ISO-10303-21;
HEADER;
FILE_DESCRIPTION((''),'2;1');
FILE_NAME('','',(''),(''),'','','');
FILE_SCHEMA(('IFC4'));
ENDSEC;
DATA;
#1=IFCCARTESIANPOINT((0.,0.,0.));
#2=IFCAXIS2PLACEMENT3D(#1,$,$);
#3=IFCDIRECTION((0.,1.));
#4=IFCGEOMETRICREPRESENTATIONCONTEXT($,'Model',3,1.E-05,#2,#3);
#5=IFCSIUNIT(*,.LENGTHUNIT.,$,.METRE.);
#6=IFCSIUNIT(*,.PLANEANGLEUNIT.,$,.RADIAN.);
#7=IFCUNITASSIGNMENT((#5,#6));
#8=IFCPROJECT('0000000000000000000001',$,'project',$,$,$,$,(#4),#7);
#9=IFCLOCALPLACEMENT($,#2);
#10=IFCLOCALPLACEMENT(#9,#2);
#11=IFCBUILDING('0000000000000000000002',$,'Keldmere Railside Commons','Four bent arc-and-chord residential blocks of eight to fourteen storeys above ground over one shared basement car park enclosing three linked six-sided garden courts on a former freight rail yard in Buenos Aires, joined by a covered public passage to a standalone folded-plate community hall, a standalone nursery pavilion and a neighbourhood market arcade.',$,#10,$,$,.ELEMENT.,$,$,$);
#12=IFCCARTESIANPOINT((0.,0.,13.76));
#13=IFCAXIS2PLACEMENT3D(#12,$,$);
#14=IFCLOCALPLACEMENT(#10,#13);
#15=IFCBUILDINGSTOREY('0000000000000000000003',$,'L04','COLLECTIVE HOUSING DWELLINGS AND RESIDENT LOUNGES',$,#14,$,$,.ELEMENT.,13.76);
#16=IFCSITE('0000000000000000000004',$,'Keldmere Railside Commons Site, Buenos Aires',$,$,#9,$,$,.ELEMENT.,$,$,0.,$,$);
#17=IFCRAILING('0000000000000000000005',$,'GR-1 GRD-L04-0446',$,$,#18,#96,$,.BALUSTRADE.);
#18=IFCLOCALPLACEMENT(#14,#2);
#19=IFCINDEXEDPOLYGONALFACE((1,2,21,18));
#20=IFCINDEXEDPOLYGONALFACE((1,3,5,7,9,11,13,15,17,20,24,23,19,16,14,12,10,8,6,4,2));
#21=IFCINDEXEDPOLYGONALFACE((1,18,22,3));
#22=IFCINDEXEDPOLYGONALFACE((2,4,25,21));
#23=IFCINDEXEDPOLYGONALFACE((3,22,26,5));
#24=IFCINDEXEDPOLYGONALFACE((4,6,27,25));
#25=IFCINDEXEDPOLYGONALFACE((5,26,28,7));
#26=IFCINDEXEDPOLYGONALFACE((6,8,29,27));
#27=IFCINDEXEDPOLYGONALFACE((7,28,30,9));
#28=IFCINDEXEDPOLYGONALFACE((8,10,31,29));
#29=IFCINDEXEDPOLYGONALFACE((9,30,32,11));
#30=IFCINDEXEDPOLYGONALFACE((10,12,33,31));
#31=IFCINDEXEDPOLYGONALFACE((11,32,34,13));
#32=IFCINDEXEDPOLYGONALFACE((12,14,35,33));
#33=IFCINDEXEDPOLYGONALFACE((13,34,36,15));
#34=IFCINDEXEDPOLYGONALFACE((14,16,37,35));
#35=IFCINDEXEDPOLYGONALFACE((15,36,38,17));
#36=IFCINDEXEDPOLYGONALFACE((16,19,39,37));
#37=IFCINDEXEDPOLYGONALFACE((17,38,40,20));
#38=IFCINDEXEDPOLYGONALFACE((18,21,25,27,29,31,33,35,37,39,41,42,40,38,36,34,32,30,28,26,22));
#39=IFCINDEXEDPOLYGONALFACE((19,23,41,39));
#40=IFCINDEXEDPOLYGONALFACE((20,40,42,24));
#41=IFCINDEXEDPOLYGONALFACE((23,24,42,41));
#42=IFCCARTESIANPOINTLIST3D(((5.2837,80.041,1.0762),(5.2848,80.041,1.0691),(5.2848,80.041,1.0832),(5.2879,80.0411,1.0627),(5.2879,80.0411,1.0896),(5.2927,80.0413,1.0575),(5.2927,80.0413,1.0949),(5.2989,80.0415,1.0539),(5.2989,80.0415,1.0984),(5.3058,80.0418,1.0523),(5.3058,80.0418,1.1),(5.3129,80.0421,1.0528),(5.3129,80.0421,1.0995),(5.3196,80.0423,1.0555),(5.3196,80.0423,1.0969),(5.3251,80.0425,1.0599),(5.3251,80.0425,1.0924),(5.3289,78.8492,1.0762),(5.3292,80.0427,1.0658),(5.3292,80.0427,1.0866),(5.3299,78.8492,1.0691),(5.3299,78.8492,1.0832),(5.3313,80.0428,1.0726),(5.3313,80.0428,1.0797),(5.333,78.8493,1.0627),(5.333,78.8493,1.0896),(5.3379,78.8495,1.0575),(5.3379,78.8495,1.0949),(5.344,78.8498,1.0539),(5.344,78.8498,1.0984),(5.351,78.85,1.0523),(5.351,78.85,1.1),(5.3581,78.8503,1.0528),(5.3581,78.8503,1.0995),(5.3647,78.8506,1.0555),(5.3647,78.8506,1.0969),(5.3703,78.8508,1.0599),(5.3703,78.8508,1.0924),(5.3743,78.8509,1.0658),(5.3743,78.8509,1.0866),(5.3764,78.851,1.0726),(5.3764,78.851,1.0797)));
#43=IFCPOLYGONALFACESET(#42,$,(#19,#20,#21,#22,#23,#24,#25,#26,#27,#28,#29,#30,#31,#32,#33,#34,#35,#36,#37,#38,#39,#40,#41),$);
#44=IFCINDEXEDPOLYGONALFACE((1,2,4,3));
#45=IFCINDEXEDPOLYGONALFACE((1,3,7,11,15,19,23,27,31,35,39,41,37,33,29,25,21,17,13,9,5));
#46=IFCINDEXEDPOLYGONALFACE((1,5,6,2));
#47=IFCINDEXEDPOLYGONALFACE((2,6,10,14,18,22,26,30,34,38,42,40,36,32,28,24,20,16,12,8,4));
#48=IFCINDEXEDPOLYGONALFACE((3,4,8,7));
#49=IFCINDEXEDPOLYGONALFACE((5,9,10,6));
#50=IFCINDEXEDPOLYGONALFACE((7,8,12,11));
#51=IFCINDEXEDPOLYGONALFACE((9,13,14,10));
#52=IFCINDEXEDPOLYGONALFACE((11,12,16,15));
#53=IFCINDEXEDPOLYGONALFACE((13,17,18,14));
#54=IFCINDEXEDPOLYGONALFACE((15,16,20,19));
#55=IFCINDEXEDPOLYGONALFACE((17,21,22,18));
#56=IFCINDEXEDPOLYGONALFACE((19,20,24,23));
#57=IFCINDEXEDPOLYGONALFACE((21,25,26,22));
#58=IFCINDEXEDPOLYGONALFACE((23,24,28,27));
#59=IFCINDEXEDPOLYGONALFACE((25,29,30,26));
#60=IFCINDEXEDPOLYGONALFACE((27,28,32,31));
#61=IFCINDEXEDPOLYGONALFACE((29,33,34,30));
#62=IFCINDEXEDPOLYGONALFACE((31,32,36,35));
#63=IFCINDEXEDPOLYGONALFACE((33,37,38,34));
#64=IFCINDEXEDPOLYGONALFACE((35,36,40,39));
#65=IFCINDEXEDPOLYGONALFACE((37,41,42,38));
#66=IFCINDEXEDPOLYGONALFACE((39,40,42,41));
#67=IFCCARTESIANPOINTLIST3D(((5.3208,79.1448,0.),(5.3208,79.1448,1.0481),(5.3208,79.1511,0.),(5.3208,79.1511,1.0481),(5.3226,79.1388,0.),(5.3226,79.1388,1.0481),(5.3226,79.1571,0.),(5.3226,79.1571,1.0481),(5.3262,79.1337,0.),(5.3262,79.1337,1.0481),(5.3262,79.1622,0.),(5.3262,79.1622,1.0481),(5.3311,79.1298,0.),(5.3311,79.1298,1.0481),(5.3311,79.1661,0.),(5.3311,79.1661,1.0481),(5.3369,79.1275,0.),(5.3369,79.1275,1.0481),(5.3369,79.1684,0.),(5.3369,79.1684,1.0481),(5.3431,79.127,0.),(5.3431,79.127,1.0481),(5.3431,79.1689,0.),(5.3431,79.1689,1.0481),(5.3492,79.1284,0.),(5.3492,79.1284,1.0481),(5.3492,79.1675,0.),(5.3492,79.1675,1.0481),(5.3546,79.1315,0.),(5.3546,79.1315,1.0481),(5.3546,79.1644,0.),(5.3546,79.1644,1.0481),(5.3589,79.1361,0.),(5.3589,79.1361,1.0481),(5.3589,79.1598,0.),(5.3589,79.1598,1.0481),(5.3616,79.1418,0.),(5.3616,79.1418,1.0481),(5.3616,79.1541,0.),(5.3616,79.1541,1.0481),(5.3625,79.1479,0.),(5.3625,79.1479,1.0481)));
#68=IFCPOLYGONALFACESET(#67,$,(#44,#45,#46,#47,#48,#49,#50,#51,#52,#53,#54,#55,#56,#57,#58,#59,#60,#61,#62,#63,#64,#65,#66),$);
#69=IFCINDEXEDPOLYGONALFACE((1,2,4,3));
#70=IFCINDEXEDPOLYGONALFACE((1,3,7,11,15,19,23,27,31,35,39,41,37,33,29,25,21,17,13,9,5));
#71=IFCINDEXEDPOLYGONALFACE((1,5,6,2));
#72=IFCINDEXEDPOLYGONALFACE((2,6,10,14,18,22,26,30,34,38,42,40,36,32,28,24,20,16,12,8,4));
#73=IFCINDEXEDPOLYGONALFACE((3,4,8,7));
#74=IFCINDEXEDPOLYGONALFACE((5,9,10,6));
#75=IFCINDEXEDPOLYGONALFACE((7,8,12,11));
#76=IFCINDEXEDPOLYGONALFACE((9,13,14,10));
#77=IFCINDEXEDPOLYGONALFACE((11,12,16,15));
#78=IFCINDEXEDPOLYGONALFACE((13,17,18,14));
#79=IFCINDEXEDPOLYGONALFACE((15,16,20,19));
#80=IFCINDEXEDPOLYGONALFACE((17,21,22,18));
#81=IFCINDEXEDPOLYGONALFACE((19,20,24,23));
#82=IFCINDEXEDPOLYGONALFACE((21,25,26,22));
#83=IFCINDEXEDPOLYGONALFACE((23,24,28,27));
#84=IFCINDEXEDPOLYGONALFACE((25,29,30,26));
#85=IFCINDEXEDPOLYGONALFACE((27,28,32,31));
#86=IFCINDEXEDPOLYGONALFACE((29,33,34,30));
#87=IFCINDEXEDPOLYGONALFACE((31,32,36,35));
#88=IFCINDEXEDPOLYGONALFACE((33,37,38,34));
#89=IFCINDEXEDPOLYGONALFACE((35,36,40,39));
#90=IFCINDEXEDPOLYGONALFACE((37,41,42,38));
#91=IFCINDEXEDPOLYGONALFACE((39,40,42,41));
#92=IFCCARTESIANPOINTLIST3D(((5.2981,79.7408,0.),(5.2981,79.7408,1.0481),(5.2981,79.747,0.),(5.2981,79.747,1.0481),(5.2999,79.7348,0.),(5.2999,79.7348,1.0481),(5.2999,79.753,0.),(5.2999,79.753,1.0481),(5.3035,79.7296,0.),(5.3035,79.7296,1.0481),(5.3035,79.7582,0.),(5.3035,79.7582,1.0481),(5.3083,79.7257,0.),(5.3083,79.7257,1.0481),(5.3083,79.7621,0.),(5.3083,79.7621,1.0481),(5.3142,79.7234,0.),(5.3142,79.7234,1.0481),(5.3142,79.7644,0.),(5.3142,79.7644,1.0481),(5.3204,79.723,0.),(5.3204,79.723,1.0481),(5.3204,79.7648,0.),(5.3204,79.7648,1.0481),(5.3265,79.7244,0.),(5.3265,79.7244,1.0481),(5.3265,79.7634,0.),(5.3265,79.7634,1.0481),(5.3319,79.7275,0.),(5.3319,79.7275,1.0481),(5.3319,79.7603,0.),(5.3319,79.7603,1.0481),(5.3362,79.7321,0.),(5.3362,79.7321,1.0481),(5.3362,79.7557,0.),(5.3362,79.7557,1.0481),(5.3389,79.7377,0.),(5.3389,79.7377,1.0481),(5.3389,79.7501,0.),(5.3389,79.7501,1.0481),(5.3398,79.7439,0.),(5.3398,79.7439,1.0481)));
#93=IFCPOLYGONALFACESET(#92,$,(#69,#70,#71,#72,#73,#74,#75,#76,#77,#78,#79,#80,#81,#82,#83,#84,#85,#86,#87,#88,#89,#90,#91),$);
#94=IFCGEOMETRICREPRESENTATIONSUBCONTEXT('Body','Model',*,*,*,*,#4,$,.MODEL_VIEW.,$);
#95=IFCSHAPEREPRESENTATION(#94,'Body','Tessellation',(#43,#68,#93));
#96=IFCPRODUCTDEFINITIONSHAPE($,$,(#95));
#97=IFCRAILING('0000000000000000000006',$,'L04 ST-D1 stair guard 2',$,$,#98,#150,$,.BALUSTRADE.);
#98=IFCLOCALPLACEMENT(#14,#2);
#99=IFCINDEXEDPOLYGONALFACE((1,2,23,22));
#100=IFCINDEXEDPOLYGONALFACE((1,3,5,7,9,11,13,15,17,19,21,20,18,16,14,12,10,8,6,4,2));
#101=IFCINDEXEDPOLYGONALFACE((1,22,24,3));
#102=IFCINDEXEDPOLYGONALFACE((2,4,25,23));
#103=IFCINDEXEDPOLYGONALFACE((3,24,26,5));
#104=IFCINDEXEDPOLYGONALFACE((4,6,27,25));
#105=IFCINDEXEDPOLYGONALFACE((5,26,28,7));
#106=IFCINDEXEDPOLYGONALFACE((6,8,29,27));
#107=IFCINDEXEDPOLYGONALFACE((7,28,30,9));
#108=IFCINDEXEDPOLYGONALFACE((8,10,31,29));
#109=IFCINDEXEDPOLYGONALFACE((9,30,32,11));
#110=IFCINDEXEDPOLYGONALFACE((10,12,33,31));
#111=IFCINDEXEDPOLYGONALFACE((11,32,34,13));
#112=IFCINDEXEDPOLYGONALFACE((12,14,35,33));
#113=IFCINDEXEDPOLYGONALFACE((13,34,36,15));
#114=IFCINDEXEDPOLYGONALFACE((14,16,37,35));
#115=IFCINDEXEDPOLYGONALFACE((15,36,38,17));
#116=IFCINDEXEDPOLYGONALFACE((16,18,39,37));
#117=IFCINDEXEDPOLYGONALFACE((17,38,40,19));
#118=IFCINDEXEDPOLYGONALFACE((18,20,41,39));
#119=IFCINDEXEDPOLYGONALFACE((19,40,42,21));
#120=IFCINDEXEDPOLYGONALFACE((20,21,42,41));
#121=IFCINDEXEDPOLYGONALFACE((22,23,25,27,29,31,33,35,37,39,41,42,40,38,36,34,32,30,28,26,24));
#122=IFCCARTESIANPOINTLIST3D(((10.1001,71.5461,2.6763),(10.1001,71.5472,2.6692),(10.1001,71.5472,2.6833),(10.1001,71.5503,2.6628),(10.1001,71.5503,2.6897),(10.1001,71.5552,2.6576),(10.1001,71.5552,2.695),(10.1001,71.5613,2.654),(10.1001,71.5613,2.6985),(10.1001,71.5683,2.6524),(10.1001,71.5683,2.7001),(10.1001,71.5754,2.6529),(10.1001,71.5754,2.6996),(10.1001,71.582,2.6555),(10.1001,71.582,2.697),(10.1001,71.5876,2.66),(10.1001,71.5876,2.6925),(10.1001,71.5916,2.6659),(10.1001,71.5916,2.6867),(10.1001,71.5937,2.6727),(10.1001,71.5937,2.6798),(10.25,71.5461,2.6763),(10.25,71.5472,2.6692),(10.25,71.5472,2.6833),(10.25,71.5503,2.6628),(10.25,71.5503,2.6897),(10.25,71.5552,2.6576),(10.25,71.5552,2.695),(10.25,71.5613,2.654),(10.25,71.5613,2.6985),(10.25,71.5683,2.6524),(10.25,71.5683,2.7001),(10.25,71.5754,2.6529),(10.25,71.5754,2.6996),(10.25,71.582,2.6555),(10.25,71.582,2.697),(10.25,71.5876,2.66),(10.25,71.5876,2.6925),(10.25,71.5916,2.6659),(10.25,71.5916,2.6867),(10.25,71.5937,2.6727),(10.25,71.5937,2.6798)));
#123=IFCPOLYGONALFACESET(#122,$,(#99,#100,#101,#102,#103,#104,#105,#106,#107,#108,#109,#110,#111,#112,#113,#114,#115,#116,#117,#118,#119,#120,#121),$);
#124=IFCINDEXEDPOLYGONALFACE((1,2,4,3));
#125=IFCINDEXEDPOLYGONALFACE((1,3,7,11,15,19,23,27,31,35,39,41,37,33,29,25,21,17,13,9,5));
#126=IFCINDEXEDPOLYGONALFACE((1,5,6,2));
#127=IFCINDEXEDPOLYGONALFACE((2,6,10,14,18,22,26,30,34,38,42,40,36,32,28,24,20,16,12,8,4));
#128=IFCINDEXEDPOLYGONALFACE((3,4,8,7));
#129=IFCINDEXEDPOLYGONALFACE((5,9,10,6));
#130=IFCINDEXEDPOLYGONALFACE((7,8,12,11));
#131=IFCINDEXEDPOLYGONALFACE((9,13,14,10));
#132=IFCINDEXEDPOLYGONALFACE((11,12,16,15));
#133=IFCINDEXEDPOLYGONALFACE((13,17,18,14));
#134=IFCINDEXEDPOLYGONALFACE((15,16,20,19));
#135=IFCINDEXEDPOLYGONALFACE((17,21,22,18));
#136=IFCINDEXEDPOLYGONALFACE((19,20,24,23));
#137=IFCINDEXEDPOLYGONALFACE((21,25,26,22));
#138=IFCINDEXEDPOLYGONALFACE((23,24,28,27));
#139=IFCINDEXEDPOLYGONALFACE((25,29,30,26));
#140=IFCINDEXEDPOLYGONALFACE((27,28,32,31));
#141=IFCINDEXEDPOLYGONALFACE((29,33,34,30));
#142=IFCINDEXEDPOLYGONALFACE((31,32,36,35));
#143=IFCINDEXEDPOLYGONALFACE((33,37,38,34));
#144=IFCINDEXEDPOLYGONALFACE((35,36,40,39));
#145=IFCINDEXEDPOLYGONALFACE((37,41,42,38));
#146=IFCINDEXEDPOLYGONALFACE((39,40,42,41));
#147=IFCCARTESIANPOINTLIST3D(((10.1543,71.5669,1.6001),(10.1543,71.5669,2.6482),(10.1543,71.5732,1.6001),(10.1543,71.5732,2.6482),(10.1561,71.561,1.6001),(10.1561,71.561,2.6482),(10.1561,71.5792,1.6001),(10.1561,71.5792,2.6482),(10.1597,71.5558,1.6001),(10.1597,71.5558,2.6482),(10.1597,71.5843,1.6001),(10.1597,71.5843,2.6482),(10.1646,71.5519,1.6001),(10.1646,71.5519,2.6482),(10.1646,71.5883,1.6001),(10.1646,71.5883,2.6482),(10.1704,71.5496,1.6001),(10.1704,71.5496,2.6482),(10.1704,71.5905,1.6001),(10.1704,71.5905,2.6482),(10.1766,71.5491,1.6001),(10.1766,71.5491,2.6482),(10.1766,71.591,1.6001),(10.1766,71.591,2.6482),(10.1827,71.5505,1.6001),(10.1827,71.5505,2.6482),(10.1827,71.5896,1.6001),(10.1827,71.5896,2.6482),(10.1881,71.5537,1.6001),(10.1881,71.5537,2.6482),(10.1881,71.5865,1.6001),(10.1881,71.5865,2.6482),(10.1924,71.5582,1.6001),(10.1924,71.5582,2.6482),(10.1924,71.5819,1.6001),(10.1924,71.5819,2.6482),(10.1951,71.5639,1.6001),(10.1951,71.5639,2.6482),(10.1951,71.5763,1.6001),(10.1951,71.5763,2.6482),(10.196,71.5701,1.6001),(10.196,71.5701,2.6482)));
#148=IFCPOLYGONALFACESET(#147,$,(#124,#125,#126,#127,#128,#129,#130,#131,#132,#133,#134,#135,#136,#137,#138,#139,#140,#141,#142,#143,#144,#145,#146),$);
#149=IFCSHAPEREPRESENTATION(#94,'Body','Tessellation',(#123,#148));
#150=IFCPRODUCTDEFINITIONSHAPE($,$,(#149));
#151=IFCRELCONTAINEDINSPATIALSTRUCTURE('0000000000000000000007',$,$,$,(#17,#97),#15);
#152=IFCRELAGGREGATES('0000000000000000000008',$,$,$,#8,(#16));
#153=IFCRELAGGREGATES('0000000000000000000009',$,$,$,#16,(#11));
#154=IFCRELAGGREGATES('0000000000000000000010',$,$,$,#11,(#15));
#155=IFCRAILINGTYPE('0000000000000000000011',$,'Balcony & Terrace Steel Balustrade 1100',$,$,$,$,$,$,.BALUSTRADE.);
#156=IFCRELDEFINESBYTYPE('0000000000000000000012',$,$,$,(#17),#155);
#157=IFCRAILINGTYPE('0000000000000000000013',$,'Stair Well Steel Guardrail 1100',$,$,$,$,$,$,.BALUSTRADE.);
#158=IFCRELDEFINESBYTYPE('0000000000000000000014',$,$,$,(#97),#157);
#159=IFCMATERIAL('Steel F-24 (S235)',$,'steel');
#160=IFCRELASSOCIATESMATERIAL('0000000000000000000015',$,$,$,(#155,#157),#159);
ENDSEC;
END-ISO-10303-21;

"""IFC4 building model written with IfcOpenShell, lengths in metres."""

from ifc_helpers import new_model, si_unit, direction, frame, origin, origin_2d, place, context, subcontext, project, spatial, circle, extrude, material, type_object, element, save


model = new_model("IFC4")

# Units and contexts
model_context = context("Model", 3, precision=1e-05, world=origin(), true_north=direction((0.0, 1.0)))
body_context = subcontext(model_context, "Body", "Model", "MODEL_VIEW")
ifc_project = project(units=[si_unit("LENGTHUNIT", "METRE"), si_unit("PLANEANGLEUNIT", "RADIAN")], contexts=[model_context])

# Site, building, storey
site_placement = place(None, origin())
site = spatial("IfcSite", under=ifc_project, at=site_placement, Name="Keldmere Railside Commons Site, Buenos Aires", CompositionType="ELEMENT", RefElevation=0.0)
building_placement = place(site_placement, origin())
building = spatial("IfcBuilding", under=site, at=building_placement, Name="Keldmere Railside Commons", Description="Four bent arc-and-chord residential blocks of eight to fourteen storeys above ground over one shared basement car park enclosing three linked six-sided garden courts on a former freight rail yard in Buenos Aires, joined by a covered public passage to a standalone folded-plate community hall, a standalone nursery pavilion and a neighbourhood market arcade.", CompositionType="ELEMENT")
storey_placement = place(building_placement, frame((0.0, 0.0, 13.76)))
storey = spatial("IfcBuildingStorey", under=building, at=storey_placement, Name="L04", Description="COLLECTIVE HOUSING DWELLINGS AND RESIDENT LOUNGES", CompositionType="ELEMENT", Elevation=13.76)

# Shared definitions
ifc_material_1 = material(Name="Steel F-24 (S235)", Category="steel")

# Railings
railing_type_1 = type_object("IfcRailingType", Name="Balcony & Terrace Steel Balustrade 1100", PredefinedType="BALUSTRADE", material=ifc_material_1)
railing_1_placement = place(storey_placement, frame((5.3528, 78.8501, 0.0)))
element("IfcRailing", 1, at=railing_1_placement, inside=storey, type_object=railing_type_1, Name="GR-1 GRD-L04-0446", PredefinedType="BALUSTRADE", context=body_context, shape_type="SweptSolid", body=[
    extrude(circle(Radius=0.0239, at=origin_2d()), frame((0.0, 0.0, 1.0762), z_axis=(-0.037875, 0.999282, 0.0), x_axis=(-0.999282, -0.037875, 0.0)), (0.0, 0.0, 1.0), 1.1926),
    extrude(circle(Radius=0.021, at=origin_2d()), frame((-0.0112, 0.2979, 0.0)), (0.0, 0.0, 1.0), 1.0481),
    extrude(circle(Radius=0.021, at=origin_2d()), frame((-0.0339, 0.8938, 0.0)), (0.0, 0.0, 1.0), 1.0481),
])
railing_type_2 = type_object("IfcRailingType", Name="Stair Well Steel Guardrail 1100", PredefinedType="BALUSTRADE", material=ifc_material_1)
railing_2_placement = place(storey_placement, frame((10.25, 71.5701, 1.6001)))
element("IfcRailing", 2, at=railing_2_placement, inside=storey, type_object=railing_type_2, Name="L04 ST-D1 stair guard 2", PredefinedType="BALUSTRADE", context=body_context, shape_type="SweptSolid", body=[
    extrude(circle(Radius=0.0239, at=origin_2d()), frame((0.0, 0.0, 1.0762), z_axis=(-1.0, 0.0, 0.0), x_axis=(0.0, -1.0, 0.0)), (0.0, 0.0, 1.0), 0.1499),
    extrude(circle(Radius=0.021, at=origin_2d()), frame((-0.075, 0.0, 0.0)), (0.0, 0.0, 1.0), 1.0481),
])

save(model, "model.ifc")
